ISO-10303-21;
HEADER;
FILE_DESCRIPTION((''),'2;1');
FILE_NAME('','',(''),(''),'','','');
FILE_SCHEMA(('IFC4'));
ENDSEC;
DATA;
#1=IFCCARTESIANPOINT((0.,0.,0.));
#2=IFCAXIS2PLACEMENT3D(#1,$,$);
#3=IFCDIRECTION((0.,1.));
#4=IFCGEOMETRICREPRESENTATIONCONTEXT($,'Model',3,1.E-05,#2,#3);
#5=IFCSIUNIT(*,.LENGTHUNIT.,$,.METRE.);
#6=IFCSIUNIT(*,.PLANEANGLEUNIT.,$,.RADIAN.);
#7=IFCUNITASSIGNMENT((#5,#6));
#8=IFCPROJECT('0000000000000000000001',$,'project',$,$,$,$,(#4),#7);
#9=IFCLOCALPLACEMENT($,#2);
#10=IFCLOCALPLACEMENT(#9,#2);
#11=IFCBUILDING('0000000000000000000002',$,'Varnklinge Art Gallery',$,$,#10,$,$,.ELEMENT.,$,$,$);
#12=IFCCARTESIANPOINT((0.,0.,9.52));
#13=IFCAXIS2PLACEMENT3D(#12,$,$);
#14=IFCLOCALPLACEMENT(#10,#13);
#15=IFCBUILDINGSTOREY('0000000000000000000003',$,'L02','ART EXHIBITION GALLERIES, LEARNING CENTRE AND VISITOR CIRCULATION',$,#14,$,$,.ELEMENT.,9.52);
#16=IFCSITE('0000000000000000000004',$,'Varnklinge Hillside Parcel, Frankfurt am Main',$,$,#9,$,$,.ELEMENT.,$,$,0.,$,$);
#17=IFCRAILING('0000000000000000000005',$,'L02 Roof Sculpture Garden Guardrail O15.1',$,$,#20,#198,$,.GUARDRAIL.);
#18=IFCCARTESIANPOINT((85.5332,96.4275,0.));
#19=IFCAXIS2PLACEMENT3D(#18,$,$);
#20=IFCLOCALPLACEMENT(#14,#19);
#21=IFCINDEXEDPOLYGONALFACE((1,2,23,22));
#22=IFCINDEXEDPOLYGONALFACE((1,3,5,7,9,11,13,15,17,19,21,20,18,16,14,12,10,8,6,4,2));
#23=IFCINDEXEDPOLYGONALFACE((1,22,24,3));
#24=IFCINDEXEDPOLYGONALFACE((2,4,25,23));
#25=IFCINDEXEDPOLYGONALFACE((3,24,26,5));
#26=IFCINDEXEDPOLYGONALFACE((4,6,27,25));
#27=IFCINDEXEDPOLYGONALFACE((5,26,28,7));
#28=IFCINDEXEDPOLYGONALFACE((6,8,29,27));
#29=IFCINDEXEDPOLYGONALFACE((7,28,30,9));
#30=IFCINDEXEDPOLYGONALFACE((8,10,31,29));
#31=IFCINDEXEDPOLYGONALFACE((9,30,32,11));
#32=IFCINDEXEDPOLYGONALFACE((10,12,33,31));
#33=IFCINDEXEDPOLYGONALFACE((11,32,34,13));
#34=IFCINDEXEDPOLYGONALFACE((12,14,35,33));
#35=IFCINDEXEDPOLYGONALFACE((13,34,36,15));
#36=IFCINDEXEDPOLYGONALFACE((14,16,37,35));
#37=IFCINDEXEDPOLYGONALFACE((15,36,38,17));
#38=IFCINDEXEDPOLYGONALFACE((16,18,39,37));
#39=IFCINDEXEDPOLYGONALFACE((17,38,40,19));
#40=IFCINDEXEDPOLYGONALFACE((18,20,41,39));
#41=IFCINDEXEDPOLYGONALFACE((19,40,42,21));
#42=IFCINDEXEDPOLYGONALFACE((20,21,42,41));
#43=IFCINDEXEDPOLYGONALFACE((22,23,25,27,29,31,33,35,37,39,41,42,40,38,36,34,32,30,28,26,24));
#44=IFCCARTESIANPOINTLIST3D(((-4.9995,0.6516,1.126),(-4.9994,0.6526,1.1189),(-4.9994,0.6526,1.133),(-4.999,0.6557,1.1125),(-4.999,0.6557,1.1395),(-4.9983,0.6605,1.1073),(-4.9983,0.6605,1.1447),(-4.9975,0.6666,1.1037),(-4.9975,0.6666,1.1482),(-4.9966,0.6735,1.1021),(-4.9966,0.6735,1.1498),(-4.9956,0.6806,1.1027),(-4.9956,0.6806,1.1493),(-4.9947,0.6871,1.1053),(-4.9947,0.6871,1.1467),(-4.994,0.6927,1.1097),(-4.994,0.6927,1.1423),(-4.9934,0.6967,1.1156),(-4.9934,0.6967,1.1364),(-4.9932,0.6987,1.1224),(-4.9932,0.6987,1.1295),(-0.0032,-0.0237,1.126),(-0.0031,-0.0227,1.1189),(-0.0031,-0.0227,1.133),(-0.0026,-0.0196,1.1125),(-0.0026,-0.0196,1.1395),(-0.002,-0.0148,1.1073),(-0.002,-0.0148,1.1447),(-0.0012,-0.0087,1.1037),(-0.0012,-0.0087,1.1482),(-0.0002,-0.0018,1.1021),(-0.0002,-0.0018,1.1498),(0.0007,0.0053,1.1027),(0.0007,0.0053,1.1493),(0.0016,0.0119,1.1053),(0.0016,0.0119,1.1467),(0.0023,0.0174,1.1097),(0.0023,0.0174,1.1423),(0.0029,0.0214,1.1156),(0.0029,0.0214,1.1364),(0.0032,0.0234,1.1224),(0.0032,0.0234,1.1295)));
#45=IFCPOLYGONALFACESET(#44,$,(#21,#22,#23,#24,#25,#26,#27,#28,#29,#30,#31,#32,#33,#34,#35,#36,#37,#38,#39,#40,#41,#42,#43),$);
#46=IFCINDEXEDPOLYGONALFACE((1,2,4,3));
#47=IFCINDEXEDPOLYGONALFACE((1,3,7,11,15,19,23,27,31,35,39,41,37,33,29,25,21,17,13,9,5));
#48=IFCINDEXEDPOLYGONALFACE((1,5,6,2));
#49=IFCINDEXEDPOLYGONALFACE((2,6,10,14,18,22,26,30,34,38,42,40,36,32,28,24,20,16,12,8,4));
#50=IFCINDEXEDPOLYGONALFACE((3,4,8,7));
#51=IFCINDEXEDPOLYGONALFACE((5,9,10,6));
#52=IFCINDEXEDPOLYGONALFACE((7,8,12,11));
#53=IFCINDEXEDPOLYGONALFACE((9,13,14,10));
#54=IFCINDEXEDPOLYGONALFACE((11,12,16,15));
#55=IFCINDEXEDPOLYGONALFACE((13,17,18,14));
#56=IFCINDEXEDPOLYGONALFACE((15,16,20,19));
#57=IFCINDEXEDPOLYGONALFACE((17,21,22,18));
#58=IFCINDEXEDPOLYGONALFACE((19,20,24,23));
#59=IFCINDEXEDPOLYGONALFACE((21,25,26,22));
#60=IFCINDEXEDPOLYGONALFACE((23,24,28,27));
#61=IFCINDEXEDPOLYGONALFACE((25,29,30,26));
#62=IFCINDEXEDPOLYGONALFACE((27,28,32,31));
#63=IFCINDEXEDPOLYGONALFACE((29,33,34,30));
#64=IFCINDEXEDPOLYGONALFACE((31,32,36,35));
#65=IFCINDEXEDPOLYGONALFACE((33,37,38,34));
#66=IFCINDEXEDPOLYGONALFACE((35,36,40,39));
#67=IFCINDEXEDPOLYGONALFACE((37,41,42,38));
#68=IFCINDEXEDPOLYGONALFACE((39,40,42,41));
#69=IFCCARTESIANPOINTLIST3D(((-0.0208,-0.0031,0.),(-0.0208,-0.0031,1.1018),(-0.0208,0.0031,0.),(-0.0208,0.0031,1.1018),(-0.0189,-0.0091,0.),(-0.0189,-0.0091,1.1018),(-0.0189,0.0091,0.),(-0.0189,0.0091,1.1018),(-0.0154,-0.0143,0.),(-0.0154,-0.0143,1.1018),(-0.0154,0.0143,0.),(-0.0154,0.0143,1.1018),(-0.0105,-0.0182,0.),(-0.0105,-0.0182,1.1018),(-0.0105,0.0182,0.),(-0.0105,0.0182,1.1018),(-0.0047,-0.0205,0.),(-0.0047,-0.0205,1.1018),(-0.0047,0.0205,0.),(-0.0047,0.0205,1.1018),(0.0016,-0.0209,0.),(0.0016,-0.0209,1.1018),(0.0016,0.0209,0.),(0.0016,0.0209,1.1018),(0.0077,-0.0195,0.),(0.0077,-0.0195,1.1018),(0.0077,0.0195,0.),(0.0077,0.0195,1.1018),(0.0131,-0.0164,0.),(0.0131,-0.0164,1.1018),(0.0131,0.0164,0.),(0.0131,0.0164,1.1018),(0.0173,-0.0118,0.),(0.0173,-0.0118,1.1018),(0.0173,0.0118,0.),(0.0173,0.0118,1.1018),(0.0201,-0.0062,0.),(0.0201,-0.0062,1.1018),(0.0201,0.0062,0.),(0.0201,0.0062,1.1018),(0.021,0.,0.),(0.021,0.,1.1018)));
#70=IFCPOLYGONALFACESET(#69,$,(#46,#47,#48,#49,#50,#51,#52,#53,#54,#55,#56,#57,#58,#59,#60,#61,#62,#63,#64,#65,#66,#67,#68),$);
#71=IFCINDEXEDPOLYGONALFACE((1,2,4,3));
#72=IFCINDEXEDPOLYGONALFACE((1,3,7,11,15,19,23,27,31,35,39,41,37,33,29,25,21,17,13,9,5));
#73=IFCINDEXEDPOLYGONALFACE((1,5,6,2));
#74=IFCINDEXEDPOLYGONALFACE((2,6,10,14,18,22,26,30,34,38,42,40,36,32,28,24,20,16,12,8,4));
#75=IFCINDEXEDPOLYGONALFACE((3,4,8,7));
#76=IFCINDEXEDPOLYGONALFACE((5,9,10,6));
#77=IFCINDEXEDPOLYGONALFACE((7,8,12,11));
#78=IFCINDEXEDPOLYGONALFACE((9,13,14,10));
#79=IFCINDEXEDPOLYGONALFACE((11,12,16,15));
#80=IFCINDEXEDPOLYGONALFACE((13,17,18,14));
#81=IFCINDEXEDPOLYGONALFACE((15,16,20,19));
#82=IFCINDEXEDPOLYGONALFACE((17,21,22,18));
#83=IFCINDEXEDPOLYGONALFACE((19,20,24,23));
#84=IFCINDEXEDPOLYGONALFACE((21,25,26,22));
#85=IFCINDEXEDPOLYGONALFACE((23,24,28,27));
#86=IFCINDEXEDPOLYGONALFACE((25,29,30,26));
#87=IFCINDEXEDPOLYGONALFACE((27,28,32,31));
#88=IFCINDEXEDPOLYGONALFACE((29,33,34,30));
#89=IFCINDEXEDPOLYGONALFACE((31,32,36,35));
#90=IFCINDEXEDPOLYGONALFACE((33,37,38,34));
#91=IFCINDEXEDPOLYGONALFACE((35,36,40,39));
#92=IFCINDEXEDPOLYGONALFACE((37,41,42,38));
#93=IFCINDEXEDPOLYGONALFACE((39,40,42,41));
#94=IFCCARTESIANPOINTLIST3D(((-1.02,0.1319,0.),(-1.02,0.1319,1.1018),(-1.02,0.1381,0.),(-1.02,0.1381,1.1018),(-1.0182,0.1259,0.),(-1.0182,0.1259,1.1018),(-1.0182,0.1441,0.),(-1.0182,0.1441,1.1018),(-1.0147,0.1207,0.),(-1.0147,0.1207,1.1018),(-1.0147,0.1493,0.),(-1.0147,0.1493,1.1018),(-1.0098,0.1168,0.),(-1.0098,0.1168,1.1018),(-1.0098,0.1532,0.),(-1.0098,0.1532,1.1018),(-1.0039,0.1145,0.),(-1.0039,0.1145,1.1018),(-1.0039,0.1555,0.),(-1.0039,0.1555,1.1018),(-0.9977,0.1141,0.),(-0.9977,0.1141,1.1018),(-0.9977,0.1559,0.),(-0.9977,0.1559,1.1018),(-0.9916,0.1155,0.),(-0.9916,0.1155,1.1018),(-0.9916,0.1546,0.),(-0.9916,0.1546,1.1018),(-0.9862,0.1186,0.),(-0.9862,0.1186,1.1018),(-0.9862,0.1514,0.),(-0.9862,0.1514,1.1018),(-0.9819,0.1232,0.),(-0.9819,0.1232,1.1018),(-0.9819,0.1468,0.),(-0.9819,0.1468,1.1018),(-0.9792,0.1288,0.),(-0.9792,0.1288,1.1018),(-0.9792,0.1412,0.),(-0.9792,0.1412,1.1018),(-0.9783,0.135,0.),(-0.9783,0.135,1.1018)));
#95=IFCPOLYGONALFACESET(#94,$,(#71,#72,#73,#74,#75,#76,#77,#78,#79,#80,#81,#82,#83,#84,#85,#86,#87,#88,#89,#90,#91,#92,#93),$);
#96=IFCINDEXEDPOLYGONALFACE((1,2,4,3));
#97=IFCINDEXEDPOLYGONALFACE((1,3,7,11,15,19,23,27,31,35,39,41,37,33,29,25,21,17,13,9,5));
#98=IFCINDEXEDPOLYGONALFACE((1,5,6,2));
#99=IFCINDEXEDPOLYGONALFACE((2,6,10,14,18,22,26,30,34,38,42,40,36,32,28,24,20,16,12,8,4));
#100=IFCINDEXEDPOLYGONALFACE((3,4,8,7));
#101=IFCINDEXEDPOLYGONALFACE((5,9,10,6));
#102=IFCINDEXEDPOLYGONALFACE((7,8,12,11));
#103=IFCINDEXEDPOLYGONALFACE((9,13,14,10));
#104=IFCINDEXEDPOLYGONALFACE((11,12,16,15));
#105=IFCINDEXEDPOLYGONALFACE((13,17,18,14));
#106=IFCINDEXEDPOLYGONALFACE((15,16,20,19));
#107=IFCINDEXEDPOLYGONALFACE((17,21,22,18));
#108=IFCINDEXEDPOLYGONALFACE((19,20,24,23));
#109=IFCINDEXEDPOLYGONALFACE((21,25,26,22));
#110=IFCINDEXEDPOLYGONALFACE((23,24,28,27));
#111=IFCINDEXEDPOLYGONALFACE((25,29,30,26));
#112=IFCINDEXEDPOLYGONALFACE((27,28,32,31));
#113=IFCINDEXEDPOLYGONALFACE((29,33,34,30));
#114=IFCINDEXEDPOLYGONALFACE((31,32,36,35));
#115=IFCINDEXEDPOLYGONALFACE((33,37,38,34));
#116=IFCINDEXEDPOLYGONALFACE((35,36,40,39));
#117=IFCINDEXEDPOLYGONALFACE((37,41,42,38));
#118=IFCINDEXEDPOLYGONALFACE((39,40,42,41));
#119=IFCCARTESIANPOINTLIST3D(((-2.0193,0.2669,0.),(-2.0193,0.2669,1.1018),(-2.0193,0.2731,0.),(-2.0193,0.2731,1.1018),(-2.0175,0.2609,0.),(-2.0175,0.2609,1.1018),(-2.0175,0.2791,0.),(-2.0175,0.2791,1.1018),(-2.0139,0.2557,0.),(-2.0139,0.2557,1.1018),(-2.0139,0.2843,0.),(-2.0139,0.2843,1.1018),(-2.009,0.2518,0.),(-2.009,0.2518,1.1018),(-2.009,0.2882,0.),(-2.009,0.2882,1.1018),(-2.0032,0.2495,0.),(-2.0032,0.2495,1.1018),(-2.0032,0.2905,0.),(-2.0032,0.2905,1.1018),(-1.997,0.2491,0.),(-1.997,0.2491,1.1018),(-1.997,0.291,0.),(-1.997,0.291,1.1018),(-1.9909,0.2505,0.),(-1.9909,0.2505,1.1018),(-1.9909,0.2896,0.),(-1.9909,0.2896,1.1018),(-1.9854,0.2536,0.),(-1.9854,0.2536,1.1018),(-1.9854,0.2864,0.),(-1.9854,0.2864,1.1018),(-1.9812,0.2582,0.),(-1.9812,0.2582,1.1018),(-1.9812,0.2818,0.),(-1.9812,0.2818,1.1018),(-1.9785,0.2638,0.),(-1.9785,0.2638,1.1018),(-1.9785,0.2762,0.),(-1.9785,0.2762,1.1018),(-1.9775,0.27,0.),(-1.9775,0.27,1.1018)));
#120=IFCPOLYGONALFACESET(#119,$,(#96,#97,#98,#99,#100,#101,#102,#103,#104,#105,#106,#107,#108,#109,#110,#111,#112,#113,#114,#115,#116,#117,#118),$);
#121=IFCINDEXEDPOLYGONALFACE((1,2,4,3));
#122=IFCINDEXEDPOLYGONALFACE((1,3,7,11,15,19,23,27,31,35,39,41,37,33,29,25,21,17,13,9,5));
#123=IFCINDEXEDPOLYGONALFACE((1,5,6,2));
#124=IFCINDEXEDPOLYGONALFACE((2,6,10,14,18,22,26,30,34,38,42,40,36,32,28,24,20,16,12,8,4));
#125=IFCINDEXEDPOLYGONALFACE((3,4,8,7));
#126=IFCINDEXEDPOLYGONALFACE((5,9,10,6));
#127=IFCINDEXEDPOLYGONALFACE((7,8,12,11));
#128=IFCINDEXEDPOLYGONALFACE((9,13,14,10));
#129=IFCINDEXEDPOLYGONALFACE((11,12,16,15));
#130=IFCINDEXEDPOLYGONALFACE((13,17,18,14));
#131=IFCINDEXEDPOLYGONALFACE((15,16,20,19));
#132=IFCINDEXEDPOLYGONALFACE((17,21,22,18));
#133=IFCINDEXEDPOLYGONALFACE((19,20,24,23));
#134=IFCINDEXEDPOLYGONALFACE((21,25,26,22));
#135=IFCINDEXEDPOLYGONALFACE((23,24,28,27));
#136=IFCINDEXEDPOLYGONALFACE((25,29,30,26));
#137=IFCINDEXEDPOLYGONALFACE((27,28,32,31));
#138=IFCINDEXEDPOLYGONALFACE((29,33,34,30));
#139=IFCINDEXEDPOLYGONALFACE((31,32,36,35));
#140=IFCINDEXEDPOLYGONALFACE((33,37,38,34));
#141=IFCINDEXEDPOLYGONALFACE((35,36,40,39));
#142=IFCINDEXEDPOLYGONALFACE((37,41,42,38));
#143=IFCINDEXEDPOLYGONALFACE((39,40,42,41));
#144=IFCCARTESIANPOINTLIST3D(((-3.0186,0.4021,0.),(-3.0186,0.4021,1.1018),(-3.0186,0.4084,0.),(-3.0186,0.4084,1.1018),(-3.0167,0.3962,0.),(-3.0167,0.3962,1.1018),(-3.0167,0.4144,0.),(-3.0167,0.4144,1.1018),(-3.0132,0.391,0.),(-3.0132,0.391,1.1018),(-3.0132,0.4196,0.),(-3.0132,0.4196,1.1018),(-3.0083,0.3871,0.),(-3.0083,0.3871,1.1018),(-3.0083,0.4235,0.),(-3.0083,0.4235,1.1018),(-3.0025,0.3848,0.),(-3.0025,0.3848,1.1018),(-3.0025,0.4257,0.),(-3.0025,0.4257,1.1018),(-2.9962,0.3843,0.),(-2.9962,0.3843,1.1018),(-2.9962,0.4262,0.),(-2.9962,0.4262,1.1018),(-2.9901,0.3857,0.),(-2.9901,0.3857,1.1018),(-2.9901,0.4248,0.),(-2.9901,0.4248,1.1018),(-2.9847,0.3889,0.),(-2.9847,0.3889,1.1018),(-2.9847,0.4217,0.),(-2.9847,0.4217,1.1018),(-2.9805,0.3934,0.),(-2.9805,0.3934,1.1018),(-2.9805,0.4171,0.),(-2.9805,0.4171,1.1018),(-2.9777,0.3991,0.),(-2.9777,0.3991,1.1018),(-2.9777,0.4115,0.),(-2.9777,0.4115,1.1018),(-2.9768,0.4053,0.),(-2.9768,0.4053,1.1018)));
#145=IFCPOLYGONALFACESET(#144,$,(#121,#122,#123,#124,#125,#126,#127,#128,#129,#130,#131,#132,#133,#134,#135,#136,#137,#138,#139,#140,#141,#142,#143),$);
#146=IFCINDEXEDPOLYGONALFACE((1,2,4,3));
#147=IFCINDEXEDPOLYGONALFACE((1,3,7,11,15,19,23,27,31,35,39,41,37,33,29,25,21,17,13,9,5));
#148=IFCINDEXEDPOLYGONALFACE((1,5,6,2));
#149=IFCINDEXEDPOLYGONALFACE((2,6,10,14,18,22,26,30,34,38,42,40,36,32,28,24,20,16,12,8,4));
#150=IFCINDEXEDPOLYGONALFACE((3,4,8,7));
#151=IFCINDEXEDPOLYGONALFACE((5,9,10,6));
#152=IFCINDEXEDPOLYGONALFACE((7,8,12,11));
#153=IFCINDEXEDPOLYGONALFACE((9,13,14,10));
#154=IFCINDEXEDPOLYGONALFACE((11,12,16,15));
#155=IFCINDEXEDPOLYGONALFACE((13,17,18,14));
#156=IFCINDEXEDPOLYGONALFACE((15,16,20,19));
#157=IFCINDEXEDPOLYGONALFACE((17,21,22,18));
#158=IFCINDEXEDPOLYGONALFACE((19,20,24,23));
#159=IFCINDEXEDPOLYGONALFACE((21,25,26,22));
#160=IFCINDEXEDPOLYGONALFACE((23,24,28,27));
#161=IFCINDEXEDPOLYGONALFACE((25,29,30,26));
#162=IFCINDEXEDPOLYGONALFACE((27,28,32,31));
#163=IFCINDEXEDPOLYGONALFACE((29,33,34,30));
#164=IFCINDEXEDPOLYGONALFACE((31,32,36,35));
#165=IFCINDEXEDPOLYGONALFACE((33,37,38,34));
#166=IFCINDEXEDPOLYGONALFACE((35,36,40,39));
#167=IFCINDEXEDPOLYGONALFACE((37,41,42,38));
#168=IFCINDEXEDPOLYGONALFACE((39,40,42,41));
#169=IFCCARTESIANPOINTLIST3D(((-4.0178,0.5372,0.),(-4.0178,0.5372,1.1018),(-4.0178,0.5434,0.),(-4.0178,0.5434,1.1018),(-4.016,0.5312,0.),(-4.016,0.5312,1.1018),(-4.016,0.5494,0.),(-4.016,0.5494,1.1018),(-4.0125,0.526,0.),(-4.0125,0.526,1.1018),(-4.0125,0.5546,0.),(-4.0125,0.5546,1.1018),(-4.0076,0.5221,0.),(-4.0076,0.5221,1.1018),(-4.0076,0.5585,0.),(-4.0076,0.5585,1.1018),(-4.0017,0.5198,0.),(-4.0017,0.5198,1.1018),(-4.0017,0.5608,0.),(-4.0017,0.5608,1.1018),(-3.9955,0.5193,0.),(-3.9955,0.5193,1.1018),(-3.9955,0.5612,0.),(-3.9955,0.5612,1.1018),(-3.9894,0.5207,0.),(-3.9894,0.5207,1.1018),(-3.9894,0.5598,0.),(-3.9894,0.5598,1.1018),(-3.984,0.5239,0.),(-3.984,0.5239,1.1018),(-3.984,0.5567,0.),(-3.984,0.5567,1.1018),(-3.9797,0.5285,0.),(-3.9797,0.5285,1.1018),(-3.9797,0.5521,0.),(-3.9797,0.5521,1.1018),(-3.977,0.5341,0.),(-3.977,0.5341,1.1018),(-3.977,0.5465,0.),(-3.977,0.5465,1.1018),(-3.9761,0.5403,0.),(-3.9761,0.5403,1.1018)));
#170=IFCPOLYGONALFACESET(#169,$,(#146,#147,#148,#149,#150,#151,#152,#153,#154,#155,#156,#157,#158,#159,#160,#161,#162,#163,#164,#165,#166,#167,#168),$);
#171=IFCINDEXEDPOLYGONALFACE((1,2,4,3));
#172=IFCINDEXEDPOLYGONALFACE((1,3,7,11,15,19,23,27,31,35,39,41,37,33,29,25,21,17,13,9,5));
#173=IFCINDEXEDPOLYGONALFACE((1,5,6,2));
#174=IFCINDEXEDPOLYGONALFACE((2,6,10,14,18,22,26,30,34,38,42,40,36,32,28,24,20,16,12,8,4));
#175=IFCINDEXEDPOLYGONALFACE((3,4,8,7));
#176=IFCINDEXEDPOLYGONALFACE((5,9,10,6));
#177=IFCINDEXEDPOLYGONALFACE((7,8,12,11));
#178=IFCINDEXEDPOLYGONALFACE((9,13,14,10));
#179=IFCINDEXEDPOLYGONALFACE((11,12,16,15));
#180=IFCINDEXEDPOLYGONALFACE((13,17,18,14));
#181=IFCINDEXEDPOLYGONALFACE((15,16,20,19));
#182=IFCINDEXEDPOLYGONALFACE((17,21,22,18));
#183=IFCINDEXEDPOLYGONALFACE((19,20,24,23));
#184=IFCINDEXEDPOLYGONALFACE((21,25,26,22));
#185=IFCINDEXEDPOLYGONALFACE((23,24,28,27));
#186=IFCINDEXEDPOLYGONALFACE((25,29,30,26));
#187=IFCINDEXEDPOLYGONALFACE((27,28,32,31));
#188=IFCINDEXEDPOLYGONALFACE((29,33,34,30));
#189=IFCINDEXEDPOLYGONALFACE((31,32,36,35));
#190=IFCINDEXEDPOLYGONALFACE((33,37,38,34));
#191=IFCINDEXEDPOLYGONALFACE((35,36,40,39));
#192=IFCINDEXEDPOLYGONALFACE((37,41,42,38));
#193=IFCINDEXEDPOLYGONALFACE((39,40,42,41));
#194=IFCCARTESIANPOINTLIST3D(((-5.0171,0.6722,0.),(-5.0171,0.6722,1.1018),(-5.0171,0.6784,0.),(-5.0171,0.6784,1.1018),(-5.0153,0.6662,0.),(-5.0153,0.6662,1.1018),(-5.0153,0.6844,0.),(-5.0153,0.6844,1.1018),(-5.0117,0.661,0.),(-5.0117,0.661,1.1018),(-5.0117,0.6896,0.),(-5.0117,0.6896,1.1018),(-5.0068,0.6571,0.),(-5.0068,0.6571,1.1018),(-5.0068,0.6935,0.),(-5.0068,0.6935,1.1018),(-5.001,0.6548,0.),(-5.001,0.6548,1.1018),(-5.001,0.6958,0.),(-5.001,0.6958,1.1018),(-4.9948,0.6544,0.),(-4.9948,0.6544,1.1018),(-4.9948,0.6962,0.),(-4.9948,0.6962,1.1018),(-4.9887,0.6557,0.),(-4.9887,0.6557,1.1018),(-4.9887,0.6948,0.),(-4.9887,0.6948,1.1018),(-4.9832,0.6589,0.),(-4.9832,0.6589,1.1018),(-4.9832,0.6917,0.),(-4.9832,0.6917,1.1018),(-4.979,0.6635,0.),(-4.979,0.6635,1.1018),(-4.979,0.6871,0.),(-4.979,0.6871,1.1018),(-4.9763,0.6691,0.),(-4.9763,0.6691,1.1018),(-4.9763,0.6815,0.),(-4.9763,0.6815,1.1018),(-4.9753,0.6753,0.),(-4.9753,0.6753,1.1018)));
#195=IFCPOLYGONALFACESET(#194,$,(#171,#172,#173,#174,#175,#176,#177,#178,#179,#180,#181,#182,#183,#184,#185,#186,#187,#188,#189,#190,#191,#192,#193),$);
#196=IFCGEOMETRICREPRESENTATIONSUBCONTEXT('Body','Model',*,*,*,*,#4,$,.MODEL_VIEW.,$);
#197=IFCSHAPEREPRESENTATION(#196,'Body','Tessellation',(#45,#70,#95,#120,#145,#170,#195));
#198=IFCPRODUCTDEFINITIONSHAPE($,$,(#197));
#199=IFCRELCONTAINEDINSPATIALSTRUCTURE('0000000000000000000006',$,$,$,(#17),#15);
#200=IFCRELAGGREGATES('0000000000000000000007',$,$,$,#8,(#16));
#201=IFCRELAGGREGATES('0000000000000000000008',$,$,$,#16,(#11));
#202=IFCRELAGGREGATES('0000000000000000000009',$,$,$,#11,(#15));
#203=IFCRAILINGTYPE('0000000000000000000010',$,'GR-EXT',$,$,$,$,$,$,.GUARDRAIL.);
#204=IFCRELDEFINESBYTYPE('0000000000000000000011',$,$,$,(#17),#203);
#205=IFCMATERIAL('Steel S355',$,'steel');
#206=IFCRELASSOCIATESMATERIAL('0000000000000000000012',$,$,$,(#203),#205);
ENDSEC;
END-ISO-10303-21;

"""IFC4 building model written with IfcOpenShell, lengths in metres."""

from ifc_helpers import new_model, si_unit, direction, frame, origin, origin_2d, place, context, subcontext, project, spatial, circle, extrude, material, type_object, element, save


model = new_model("IFC4")

# Units and contexts
model_context = context("Model", 3, precision=1e-05, world=origin(), true_north=direction((0.0, 1.0)))
body_context = subcontext(model_context, "Body", "Model", "MODEL_VIEW")
ifc_project = project(units=[si_unit("LENGTHUNIT", "METRE"), si_unit("PLANEANGLEUNIT", "RADIAN")], contexts=[model_context])

# Site, building, storey
site_placement = place(None, origin())
site = spatial("IfcSite", under=ifc_project, at=site_placement, Name="Varnklinge Hillside Parcel, Frankfurt am Main", CompositionType="ELEMENT", RefElevation=0.0)
building_placement = place(site_placement, origin())
building = spatial("IfcBuilding", under=site, at=building_placement, Name="Varnklinge Art Gallery", CompositionType="ELEMENT")
storey_placement = place(building_placement, frame((0.0, 0.0, 9.52)))
storey = spatial("IfcBuildingStorey", under=building, at=storey_placement, Name="L02", Description="ART EXHIBITION GALLERIES, LEARNING CENTRE AND VISITOR CIRCULATION", CompositionType="ELEMENT", Elevation=9.52)

# Railing
ifc_material_1 = material(Name="Steel S355", Category="steel")
railing_type_1 = type_object("IfcRailingType", Name="GR-EXT", PredefinedType="GUARDRAIL", material=ifc_material_1)
railing_1_placement = place(storey_placement, frame((85.5332, 96.4275, 0.0)))
element("IfcRailing", 1, at=railing_1_placement, inside=storey, type_object=railing_type_1, Name="L02 Roof Sculpture Garden Guardrail O15.1", PredefinedType="GUARDRAIL", context=body_context, shape_type="SweptSolid", body=[
    extrude(circle(Radius=0.0239, at=origin_2d()), frame((0.0, 0.0, 1.126), z_axis=(-0.990989, 0.13394, 0.0), x_axis=(-0.13394, -0.990989, 0.0)), (0.0, 0.0, 1.0), 5.0417),
    extrude(circle(Radius=0.021, at=origin_2d()), origin(), (0.0, 0.0, 1.0), 1.1018),
    extrude(circle(Radius=0.021, at=origin_2d()), frame((-0.9993, 0.135, 0.0)), (0.0, 0.0, 1.0), 1.1018),
    extrude(circle(Radius=0.021, at=origin_2d()), frame((-1.9985, 0.27, 0.0)), (0.0, 0.0, 1.0), 1.1018),
    extrude(circle(Radius=0.021, at=origin_2d()), frame((-2.9978, 0.4053, 0.0)), (0.0, 0.0, 1.0), 1.1018),
    extrude(circle(Radius=0.021, at=origin_2d()), frame((-3.9971, 0.5403, 0.0)), (0.0, 0.0, 1.0), 1.1018),
    extrude(circle(Radius=0.021, at=origin_2d()), frame((-4.9963, 0.6753, 0.0)), (0.0, 0.0, 1.0), 1.1018),
])

save(model, "model.ifc")
